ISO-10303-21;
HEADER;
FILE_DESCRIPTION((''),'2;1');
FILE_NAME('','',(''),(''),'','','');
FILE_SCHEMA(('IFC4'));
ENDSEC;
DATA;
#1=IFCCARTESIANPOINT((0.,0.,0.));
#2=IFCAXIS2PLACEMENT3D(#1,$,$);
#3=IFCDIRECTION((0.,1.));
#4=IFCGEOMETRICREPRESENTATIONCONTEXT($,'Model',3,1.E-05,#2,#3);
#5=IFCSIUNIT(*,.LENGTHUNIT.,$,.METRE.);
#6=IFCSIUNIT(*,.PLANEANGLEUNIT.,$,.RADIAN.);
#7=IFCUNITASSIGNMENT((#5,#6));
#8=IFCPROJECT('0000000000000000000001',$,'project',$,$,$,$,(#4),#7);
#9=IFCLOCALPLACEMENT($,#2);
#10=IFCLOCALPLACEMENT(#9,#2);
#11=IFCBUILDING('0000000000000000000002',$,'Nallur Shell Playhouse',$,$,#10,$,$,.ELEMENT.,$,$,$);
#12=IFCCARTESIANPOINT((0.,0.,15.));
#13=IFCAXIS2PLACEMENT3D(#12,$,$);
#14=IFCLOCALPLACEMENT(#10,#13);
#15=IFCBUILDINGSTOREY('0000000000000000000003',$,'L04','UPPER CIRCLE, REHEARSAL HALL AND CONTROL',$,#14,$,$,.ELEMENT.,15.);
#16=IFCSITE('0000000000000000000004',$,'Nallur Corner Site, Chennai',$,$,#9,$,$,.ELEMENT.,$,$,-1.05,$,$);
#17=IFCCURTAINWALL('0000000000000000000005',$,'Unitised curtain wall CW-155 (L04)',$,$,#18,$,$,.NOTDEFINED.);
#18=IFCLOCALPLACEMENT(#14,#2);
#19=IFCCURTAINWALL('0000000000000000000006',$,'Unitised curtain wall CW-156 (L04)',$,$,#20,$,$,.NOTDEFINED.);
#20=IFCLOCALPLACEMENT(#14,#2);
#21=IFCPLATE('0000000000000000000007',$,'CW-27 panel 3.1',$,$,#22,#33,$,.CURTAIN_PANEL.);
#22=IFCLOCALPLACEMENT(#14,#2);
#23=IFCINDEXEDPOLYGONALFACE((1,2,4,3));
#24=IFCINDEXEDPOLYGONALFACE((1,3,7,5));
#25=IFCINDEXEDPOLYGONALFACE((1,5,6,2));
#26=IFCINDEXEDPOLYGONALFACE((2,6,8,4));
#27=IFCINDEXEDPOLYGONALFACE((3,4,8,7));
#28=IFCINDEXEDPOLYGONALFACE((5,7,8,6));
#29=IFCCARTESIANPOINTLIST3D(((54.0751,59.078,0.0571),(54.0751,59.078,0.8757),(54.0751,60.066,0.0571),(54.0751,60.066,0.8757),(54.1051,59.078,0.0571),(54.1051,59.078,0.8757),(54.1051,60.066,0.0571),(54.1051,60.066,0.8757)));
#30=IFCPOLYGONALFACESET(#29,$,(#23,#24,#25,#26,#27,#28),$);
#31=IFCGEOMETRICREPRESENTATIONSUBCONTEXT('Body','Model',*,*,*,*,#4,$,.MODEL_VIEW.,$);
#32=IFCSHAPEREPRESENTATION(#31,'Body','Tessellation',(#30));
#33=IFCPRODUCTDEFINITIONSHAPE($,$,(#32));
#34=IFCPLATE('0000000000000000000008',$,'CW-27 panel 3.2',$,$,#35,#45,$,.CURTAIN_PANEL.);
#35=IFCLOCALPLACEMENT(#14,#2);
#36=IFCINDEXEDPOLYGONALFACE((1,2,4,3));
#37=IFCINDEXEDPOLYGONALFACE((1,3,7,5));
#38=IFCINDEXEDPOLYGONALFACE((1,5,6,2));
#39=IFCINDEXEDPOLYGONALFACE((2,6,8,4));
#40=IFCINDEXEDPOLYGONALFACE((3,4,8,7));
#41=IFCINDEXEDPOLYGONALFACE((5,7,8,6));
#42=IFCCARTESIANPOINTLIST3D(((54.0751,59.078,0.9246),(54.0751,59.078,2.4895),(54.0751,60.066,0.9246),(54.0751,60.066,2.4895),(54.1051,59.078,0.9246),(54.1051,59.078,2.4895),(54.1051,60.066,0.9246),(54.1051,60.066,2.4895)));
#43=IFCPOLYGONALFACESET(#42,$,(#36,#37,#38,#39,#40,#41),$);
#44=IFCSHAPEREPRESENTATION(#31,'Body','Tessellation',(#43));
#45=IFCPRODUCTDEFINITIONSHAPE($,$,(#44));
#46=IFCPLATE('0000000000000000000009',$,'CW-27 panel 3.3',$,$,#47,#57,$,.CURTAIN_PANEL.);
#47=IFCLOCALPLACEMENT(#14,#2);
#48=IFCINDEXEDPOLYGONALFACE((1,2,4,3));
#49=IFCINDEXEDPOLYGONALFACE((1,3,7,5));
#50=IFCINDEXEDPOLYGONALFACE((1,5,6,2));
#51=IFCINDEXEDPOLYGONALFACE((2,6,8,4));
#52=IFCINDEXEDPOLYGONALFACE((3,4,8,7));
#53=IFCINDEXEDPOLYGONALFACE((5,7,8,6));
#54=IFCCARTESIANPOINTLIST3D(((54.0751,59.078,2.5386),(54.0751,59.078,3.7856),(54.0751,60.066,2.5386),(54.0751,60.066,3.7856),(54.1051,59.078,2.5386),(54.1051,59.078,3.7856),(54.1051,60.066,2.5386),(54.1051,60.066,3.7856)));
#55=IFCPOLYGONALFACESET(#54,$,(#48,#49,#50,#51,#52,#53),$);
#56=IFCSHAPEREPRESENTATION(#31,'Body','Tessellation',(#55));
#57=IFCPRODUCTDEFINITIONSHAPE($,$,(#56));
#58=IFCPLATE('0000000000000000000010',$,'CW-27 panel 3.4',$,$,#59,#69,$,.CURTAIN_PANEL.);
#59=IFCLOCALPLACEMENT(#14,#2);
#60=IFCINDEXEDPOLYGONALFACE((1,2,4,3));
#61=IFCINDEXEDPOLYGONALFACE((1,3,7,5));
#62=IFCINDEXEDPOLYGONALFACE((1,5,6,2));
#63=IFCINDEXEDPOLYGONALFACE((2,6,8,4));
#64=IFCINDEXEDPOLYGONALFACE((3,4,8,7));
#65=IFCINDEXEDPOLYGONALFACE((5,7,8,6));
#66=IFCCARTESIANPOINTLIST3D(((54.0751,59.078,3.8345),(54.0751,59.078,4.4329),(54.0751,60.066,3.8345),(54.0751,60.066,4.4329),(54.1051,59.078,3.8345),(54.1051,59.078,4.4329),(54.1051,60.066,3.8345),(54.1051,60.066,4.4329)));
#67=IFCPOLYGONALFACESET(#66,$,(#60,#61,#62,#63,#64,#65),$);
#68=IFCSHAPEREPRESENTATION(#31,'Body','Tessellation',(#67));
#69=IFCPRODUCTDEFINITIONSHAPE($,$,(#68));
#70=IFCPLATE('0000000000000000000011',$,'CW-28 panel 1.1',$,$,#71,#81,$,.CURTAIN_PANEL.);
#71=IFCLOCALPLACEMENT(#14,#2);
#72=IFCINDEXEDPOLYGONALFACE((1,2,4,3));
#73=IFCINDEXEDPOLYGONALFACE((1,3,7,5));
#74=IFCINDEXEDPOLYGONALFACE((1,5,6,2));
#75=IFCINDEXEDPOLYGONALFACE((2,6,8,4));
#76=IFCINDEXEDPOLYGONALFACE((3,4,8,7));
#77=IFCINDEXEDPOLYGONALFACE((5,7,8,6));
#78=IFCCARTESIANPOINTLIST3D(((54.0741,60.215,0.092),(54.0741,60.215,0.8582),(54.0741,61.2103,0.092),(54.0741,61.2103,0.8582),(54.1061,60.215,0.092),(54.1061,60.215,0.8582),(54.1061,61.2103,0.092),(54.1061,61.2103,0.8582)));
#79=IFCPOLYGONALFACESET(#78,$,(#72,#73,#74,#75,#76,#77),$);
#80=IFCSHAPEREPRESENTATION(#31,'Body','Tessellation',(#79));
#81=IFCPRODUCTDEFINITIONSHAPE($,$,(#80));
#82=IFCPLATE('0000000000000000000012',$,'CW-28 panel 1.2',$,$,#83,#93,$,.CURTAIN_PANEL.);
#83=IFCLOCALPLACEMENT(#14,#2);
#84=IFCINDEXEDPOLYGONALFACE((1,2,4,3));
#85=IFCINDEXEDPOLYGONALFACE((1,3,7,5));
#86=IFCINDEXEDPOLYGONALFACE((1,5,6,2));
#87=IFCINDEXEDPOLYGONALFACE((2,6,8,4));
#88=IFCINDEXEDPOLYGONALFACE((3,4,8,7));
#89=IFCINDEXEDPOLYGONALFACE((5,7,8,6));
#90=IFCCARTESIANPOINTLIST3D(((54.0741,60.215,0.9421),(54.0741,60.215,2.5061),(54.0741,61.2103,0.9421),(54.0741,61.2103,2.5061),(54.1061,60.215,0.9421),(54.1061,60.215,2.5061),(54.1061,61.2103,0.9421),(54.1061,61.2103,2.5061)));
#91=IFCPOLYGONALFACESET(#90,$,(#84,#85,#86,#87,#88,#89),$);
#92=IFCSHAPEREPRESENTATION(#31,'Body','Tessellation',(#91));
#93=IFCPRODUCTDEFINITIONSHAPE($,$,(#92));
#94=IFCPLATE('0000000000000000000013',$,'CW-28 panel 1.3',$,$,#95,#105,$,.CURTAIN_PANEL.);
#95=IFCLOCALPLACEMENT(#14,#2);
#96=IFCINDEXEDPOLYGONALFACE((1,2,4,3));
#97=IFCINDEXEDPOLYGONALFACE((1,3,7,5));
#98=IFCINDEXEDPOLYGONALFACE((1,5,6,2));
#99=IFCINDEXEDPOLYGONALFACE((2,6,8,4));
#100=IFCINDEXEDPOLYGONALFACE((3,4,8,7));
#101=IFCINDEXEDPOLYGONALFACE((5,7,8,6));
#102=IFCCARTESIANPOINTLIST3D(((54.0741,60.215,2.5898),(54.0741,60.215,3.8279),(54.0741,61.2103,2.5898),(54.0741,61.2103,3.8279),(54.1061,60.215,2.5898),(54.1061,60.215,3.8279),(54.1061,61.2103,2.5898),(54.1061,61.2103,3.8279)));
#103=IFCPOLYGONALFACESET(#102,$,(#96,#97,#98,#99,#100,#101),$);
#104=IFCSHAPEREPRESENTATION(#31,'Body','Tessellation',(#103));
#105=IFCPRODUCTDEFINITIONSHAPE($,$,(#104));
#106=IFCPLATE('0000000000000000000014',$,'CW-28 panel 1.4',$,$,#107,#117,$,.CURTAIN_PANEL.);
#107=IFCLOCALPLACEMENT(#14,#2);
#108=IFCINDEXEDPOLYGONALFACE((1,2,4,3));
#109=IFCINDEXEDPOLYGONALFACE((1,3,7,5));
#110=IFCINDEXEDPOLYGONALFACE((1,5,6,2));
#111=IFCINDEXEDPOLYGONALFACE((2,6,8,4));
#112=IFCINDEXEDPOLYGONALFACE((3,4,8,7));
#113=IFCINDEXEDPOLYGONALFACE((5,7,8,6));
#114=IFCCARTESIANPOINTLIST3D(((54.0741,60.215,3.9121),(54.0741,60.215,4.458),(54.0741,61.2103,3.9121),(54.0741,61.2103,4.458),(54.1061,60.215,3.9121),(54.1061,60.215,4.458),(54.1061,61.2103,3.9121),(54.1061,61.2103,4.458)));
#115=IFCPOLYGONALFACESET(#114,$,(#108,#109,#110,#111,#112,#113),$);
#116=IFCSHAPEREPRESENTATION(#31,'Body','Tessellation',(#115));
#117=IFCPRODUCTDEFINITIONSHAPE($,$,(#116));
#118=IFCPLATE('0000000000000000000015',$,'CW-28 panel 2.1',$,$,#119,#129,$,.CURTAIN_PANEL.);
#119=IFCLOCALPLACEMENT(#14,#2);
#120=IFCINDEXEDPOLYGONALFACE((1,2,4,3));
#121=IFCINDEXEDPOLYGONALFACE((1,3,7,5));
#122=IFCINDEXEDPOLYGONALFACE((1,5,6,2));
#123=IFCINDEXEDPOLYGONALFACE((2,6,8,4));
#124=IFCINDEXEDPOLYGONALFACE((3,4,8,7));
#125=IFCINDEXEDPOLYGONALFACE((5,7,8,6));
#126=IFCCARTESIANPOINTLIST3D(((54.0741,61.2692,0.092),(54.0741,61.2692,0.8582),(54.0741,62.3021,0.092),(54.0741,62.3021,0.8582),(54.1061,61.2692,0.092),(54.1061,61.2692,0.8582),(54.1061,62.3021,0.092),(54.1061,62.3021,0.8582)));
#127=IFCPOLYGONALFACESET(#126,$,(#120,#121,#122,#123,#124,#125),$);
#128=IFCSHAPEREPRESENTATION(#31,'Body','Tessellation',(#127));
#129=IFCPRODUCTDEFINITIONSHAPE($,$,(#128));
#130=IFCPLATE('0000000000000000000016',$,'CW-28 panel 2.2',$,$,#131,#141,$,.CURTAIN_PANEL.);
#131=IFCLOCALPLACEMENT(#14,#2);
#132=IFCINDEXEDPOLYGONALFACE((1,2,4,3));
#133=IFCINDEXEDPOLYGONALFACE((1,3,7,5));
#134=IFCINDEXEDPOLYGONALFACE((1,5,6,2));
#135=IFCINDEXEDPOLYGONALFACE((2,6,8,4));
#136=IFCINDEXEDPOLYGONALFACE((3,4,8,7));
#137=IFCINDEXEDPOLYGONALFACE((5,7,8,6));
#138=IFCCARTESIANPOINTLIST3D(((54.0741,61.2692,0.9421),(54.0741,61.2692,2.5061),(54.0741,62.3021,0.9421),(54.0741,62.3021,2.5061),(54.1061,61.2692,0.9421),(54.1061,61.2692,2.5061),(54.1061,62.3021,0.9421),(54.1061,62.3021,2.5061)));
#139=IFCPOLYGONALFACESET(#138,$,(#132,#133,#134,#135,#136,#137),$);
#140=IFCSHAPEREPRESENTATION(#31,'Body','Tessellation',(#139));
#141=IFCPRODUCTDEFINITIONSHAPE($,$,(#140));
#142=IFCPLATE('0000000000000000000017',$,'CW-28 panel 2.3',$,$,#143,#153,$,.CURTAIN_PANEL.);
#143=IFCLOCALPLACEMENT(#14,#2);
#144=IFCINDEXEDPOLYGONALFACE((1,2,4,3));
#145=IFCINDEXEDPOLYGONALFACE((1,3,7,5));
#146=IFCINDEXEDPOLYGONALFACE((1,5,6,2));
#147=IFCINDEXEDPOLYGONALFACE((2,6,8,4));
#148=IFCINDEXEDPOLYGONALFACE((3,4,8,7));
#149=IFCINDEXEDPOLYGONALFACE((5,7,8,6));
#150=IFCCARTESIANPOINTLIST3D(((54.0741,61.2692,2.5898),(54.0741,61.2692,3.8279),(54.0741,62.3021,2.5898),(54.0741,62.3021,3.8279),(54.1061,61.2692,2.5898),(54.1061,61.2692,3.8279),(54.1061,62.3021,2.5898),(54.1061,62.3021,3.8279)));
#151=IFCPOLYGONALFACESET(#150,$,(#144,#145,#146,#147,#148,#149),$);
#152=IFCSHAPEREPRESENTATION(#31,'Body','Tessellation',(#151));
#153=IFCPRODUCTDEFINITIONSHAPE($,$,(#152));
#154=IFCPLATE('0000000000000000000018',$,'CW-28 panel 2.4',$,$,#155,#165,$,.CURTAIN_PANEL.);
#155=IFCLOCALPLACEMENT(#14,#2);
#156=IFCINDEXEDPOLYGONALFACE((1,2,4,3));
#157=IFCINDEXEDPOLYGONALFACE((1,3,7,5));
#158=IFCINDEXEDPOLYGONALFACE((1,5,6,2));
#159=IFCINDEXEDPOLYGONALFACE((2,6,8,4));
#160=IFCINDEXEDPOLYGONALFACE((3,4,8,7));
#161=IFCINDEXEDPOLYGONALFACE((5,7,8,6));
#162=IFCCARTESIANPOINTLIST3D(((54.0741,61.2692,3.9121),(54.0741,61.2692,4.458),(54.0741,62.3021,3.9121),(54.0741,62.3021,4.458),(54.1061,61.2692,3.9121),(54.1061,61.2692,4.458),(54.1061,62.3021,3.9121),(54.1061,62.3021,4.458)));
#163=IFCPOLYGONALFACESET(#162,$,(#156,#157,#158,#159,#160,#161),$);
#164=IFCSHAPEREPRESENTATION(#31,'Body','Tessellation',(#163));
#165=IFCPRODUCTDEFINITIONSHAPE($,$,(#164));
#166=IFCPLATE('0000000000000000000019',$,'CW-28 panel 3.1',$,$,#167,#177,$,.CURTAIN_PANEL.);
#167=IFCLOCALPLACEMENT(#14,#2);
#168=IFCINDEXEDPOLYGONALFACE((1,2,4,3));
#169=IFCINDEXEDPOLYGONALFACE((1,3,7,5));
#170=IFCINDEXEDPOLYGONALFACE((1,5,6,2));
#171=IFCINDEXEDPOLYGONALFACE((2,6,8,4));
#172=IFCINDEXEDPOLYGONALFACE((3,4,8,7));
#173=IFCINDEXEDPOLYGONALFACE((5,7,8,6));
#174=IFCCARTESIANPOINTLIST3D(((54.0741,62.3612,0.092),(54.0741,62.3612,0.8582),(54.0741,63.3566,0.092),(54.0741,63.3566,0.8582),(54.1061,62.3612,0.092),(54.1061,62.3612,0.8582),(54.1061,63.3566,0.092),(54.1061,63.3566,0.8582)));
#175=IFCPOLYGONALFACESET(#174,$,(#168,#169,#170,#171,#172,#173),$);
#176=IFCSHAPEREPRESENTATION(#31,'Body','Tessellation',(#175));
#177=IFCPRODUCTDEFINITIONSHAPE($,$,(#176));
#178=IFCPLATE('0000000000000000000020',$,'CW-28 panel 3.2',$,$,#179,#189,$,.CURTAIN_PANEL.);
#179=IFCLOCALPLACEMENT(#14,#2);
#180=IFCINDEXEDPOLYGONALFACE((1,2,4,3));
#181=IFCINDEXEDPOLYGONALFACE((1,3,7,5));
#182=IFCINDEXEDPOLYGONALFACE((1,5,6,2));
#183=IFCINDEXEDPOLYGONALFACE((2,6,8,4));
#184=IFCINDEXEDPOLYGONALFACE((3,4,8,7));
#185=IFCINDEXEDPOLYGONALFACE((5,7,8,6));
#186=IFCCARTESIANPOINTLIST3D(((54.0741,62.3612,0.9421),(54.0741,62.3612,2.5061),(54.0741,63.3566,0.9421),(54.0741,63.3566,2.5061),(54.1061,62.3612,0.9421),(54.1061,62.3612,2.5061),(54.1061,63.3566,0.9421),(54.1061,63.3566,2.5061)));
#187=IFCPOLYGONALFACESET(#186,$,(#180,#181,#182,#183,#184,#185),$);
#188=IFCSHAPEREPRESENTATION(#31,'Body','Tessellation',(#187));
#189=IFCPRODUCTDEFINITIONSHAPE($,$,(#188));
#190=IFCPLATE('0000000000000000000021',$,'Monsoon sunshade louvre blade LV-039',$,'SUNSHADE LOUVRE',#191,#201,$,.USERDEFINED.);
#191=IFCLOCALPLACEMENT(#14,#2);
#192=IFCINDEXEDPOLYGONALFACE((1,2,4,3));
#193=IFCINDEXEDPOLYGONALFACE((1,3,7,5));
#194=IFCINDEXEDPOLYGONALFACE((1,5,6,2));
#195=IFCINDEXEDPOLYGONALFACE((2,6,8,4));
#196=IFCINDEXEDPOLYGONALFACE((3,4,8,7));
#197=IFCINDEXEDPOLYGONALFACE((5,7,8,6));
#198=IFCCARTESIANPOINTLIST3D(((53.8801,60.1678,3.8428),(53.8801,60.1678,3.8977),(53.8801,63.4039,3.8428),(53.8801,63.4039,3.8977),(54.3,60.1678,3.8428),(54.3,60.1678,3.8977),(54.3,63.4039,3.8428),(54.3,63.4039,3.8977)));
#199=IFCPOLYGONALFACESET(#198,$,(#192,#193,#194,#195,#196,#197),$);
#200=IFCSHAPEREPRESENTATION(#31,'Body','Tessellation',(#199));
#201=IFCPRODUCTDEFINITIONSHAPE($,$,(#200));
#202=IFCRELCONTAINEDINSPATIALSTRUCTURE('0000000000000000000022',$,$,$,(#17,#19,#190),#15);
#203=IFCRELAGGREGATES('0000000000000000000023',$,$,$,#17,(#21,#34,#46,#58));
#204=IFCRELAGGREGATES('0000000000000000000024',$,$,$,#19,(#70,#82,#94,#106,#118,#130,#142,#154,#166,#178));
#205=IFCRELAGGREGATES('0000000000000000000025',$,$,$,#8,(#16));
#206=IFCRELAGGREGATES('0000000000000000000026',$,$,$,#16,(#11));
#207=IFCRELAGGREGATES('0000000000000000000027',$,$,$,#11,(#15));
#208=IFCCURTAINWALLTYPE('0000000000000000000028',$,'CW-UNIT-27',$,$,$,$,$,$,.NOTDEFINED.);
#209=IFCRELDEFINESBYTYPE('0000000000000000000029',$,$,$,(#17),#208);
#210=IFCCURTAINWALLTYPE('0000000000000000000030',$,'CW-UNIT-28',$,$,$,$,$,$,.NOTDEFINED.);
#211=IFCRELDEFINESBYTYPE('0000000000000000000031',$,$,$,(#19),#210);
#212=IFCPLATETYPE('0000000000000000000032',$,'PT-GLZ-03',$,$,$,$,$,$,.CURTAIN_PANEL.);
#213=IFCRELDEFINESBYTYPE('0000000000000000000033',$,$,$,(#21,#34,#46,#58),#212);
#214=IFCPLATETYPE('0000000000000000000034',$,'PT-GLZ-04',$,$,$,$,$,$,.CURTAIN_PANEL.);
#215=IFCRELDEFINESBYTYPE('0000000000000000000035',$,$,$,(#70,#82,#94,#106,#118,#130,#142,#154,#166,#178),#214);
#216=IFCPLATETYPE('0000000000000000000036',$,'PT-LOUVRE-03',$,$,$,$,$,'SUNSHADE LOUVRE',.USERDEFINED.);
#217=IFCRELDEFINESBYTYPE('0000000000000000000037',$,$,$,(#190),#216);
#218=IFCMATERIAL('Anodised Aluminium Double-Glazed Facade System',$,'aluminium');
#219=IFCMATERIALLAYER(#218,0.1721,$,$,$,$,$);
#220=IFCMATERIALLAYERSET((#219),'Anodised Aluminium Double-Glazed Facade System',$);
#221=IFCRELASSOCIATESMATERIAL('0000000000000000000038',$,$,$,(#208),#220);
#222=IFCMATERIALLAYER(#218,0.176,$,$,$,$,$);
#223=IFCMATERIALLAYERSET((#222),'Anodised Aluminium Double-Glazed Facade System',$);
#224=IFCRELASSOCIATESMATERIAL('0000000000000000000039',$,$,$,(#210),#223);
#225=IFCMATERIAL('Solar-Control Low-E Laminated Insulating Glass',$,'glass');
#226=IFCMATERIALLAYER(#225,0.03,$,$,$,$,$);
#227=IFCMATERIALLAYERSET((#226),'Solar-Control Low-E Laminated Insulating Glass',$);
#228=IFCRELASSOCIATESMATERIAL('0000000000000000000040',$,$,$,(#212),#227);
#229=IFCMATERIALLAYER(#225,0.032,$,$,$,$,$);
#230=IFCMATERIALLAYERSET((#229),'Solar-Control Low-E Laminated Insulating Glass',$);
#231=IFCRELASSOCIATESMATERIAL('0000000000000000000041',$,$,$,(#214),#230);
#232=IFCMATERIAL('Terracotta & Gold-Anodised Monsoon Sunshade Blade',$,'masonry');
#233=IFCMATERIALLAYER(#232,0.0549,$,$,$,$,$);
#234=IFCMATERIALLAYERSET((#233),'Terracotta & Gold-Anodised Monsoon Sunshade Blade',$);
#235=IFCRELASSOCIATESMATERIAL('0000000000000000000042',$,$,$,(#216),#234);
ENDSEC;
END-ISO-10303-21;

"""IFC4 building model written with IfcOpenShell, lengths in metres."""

from ifc_helpers import new_model, si_unit, direction, frame, origin, origin_2d, place, context, subcontext, project, spatial, rectangle, extrude, material, layer, layer_set, type_object, element, aggregate, save


model = new_model("IFC4")

# Units and contexts
model_context = context("Model", 3, precision=1e-05, world=origin(), true_north=direction((0.0, 1.0)))
body_context = subcontext(model_context, "Body", "Model", "MODEL_VIEW")
ifc_project = project(units=[si_unit("LENGTHUNIT", "METRE"), si_unit("PLANEANGLEUNIT", "RADIAN")], contexts=[model_context])

# Site, building, storey
site_placement = place(None, origin())
site = spatial("IfcSite", under=ifc_project, at=site_placement, Name="Nallur Corner Site, Chennai", CompositionType="ELEMENT", RefElevation=-1.05)
building_placement = place(site_placement, origin())
building = spatial("IfcBuilding", under=site, at=building_placement, Name="Nallur Shell Playhouse", CompositionType="ELEMENT")
storey_placement = place(building_placement, frame((0.0, 0.0, 15.0)))
storey = spatial("IfcBuildingStorey", under=building, at=storey_placement, Name="L04", Description="UPPER CIRCLE, REHEARSAL HALL AND CONTROL", CompositionType="ELEMENT", Elevation=15.0)

# Curtain wall
ifc_material_1 = material(Name="Anodised Aluminium Double-Glazed Facade System", Category="aluminium")
ifc_layer_1 = layer(ifc_material_1, 0.1721)
ifc_layer_set_1 = layer_set([ifc_layer_1], Name="Anodised Aluminium Double-Glazed Facade System")
curtain_wall_type_1 = type_object("IfcCurtainWallType", Name="CW-UNIT-27", PredefinedType="NOTDEFINED", material=ifc_layer_set_1)
curtain_wall_1_placement = place(storey_placement, origin())
curtain_wall_1 = element("IfcCurtainWall", 1, at=curtain_wall_1_placement, inside=storey, type_object=curtain_wall_type_1, Name="Unitised curtain wall CW-155 (L04)", PredefinedType="NOTDEFINED")

# Curtain wall
ifc_layer_2 = layer(ifc_material_1, 0.176)
ifc_layer_set_2 = layer_set([ifc_layer_2], Name="Anodised Aluminium Double-Glazed Facade System")
curtain_wall_type_2 = type_object("IfcCurtainWallType", Name="CW-UNIT-28", PredefinedType="NOTDEFINED", material=ifc_layer_set_2)
curtain_wall_2_placement = place(storey_placement, origin())
curtain_wall_2 = element("IfcCurtainWall", 2, at=curtain_wall_2_placement, inside=storey, type_object=curtain_wall_type_2, Name="Unitised curtain wall CW-156 (L04)", PredefinedType="NOTDEFINED")

# Plates
ifc_material_2 = material(Name="Solar-Control Low-E Laminated Insulating Glass", Category="glass")
ifc_layer_3 = layer(ifc_material_2, 0.03)
ifc_layer_set_3 = layer_set([ifc_layer_3], Name="Solar-Control Low-E Laminated Insulating Glass")
plate_type_1 = type_object("IfcPlateType", Name="PT-GLZ-03", PredefinedType="CURTAIN_PANEL", material=ifc_layer_set_3)
plate_1_placement = place(storey_placement, frame((54.0901, 59.572, 0.0571), z_axis=(0.0, 0.0, 1.0), x_axis=(0.0, 1.0, 0.0)))
plate_1 = element("IfcPlate", 3, at=plate_1_placement, type_object=plate_type_1, Name="CW-27 panel 3.1", PredefinedType="CURTAIN_PANEL", context=body_context, shape_type="SweptSolid", body=[
    extrude(rectangle(XDim=0.988, YDim=0.03, at=origin_2d()), origin(), (0.0, 0.0, 1.0), 0.8186),
])
plate_2_placement = place(storey_placement, frame((54.0901, 59.572, 0.9246), z_axis=(0.0, 0.0, 1.0), x_axis=(0.0, 1.0, 0.0)))
plate_2 = element("IfcPlate", 4, at=plate_2_placement, type_object=plate_type_1, Name="CW-27 panel 3.2", PredefinedType="CURTAIN_PANEL", context=body_context, shape_type="SweptSolid", body=[
    extrude(rectangle(XDim=0.988, YDim=0.03, at=origin_2d()), origin(), (0.0, 0.0, 1.0), 1.5649),
])
plate_3_placement = place(storey_placement, frame((54.0901, 59.572, 2.5386), z_axis=(0.0, 0.0, 1.0), x_axis=(0.0, 1.0, 0.0)))
plate_3 = element("IfcPlate", 5, at=plate_3_placement, type_object=plate_type_1, Name="CW-27 panel 3.3", PredefinedType="CURTAIN_PANEL", context=body_context, shape_type="SweptSolid", body=[
    extrude(rectangle(XDim=0.988, YDim=0.03, at=origin_2d()), origin(), (0.0, 0.0, 1.0), 1.2471),
])
plate_4_placement = place(storey_placement, frame((54.0901, 59.572, 3.8345), z_axis=(0.0, 0.0, 1.0), x_axis=(0.0, 1.0, 0.0)))
plate_4 = element("IfcPlate", 6, at=plate_4_placement, type_object=plate_type_1, Name="CW-27 panel 3.4", PredefinedType="CURTAIN_PANEL", context=body_context, shape_type="SweptSolid", body=[
    extrude(rectangle(XDim=0.988, YDim=0.03, at=origin_2d()), origin(), (0.0, 0.0, 1.0), 0.5984),
])
aggregate(curtain_wall_1, [plate_1, plate_2, plate_3, plate_4])
ifc_layer_4 = layer(ifc_material_2, 0.032)
ifc_layer_set_4 = layer_set([ifc_layer_4], Name="Solar-Control Low-E Laminated Insulating Glass")
plate_type_2 = type_object("IfcPlateType", Name="PT-GLZ-04", PredefinedType="CURTAIN_PANEL", material=ifc_layer_set_4)
plate_5_placement = place(storey_placement, frame((54.0901, 60.7126, 0.092), z_axis=(0.0, 0.0, 1.0), x_axis=(0.0, 1.0, 0.0)))
plate_5 = element("IfcPlate", 7, at=plate_5_placement, type_object=plate_type_2, Name="CW-28 panel 1.1", PredefinedType="CURTAIN_PANEL", context=body_context, shape_type="SweptSolid", body=[
    extrude(rectangle(XDim=0.9954, YDim=0.032, at=origin_2d()), origin(), (0.0, 0.0, 1.0), 0.7661),
])
plate_6_placement = place(storey_placement, frame((54.0901, 60.7126, 0.9421), z_axis=(0.0, 0.0, 1.0), x_axis=(0.0, 1.0, 0.0)))
plate_6 = element("IfcPlate", 8, at=plate_6_placement, type_object=plate_type_2, Name="CW-28 panel 1.2", PredefinedType="CURTAIN_PANEL", context=body_context, shape_type="SweptSolid", body=[
    extrude(rectangle(XDim=0.9954, YDim=0.032, at=origin_2d()), origin(), (0.0, 0.0, 1.0), 1.564),
])
plate_7_placement = place(storey_placement, frame((54.0901, 60.7126, 2.5898), z_axis=(0.0, 0.0, 1.0), x_axis=(0.0, 1.0, 0.0)))
plate_7 = element("IfcPlate", 9, at=plate_7_placement, type_object=plate_type_2, Name="CW-28 panel 1.3", PredefinedType="CURTAIN_PANEL", context=body_context, shape_type="SweptSolid", body=[
    extrude(rectangle(XDim=0.9954, YDim=0.032, at=origin_2d()), origin(), (0.0, 0.0, 1.0), 1.238),
])
plate_8_placement = place(storey_placement, frame((54.0901, 60.7126, 3.9121), z_axis=(0.0, 0.0, 1.0), x_axis=(0.0, 1.0, 0.0)))
plate_8 = element("IfcPlate", 10, at=plate_8_placement, type_object=plate_type_2, Name="CW-28 panel 1.4", PredefinedType="CURTAIN_PANEL", context=body_context, shape_type="SweptSolid", body=[
    extrude(rectangle(XDim=0.9954, YDim=0.032, at=origin_2d()), origin(), (0.0, 0.0, 1.0), 0.5459),
])
plate_9_placement = place(storey_placement, frame((54.0901, 61.7856, 0.092), z_axis=(0.0, 0.0, 1.0), x_axis=(0.0, 1.0, 0.0)))
plate_9 = element("IfcPlate", 11, at=plate_9_placement, type_object=plate_type_2, Name="CW-28 panel 2.1", PredefinedType="CURTAIN_PANEL", context=body_context, shape_type="SweptSolid", body=[
    extrude(rectangle(XDim=1.033, YDim=0.032, at=origin_2d()), origin(), (0.0, 0.0, 1.0), 0.7661),
])
plate_10_placement = place(storey_placement, frame((54.0901, 61.7856, 0.9421), z_axis=(0.0, 0.0, 1.0), x_axis=(0.0, 1.0, 0.0)))
plate_10 = element("IfcPlate", 12, at=plate_10_placement, type_object=plate_type_2, Name="CW-28 panel 2.2", PredefinedType="CURTAIN_PANEL", context=body_context, shape_type="SweptSolid", body=[
    extrude(rectangle(XDim=1.033, YDim=0.032, at=origin_2d()), origin(), (0.0, 0.0, 1.0), 1.564),
])
plate_11_placement = place(storey_placement, frame((54.0901, 61.7856, 2.5898), z_axis=(0.0, 0.0, 1.0), x_axis=(0.0, 1.0, 0.0)))
plate_11 = element("IfcPlate", 13, at=plate_11_placement, type_object=plate_type_2, Name="CW-28 panel 2.3", PredefinedType="CURTAIN_PANEL", context=body_context, shape_type="SweptSolid", body=[
    extrude(rectangle(XDim=1.033, YDim=0.032, at=origin_2d()), origin(), (0.0, 0.0, 1.0), 1.238),
])
plate_12_placement = place(storey_placement, frame((54.0901, 61.7856, 3.9121), z_axis=(0.0, 0.0, 1.0), x_axis=(0.0, 1.0, 0.0)))
plate_12 = element("IfcPlate", 14, at=plate_12_placement, type_object=plate_type_2, Name="CW-28 panel 2.4", PredefinedType="CURTAIN_PANEL", context=body_context, shape_type="SweptSolid", body=[
    extrude(rectangle(XDim=1.033, YDim=0.032, at=origin_2d()), origin(), (0.0, 0.0, 1.0), 0.5459),
])
plate_13_placement = place(storey_placement, frame((54.0901, 62.8589, 0.092), z_axis=(0.0, 0.0, 1.0), x_axis=(0.0, 1.0, 0.0)))
plate_13 = element("IfcPlate", 15, at=plate_13_placement, type_object=plate_type_2, Name="CW-28 panel 3.1", PredefinedType="CURTAIN_PANEL", context=body_context, shape_type="SweptSolid", body=[
    extrude(rectangle(XDim=0.9954, YDim=0.032, at=origin_2d()), origin(), (0.0, 0.0, 1.0), 0.7661),
])
plate_14_placement = place(storey_placement, frame((54.0901, 62.8589, 0.9421), z_axis=(0.0, 0.0, 1.0), x_axis=(0.0, 1.0, 0.0)))
plate_14 = element("IfcPlate", 16, at=plate_14_placement, type_object=plate_type_2, Name="CW-28 panel 3.2", PredefinedType="CURTAIN_PANEL", context=body_context, shape_type="SweptSolid", body=[
    extrude(rectangle(XDim=0.9954, YDim=0.032, at=origin_2d()), origin(), (0.0, 0.0, 1.0), 1.564),
])
aggregate(curtain_wall_2, [plate_5, plate_6, plate_7, plate_8, plate_9, plate_10, plate_11, plate_12, plate_13, plate_14])
ifc_material_3 = material(Name="Terracotta & Gold-Anodised Monsoon Sunshade Blade", Category="masonry")
ifc_layer_5 = layer(ifc_material_3, 0.0549)
ifc_layer_set_5 = layer_set([ifc_layer_5], Name="Terracotta & Gold-Anodised Monsoon Sunshade Blade")
plate_type_3 = type_object("IfcPlateType", Name="PT-LOUVRE-03", ElementType="SUNSHADE LOUVRE", PredefinedType="USERDEFINED", material=ifc_layer_set_5)
plate_15_placement = place(storey_placement, frame((54.0901, 61.7859, 3.8428), z_axis=(0.0, 0.0, 1.0), x_axis=(0.0, 1.0, 0.0)))
element("IfcPlate", 17, at=plate_15_placement, inside=storey, type_object=plate_type_3, Name="Monsoon sunshade louvre blade LV-039", ObjectType="SUNSHADE LOUVRE", PredefinedType="USERDEFINED", context=body_context, shape_type="SweptSolid", body=[
    extrude(rectangle(XDim=3.2361, YDim=0.4199, at=origin_2d()), origin(), (0.0, 0.0, 1.0), 0.0549),
])

save(model, "model.ifc")
